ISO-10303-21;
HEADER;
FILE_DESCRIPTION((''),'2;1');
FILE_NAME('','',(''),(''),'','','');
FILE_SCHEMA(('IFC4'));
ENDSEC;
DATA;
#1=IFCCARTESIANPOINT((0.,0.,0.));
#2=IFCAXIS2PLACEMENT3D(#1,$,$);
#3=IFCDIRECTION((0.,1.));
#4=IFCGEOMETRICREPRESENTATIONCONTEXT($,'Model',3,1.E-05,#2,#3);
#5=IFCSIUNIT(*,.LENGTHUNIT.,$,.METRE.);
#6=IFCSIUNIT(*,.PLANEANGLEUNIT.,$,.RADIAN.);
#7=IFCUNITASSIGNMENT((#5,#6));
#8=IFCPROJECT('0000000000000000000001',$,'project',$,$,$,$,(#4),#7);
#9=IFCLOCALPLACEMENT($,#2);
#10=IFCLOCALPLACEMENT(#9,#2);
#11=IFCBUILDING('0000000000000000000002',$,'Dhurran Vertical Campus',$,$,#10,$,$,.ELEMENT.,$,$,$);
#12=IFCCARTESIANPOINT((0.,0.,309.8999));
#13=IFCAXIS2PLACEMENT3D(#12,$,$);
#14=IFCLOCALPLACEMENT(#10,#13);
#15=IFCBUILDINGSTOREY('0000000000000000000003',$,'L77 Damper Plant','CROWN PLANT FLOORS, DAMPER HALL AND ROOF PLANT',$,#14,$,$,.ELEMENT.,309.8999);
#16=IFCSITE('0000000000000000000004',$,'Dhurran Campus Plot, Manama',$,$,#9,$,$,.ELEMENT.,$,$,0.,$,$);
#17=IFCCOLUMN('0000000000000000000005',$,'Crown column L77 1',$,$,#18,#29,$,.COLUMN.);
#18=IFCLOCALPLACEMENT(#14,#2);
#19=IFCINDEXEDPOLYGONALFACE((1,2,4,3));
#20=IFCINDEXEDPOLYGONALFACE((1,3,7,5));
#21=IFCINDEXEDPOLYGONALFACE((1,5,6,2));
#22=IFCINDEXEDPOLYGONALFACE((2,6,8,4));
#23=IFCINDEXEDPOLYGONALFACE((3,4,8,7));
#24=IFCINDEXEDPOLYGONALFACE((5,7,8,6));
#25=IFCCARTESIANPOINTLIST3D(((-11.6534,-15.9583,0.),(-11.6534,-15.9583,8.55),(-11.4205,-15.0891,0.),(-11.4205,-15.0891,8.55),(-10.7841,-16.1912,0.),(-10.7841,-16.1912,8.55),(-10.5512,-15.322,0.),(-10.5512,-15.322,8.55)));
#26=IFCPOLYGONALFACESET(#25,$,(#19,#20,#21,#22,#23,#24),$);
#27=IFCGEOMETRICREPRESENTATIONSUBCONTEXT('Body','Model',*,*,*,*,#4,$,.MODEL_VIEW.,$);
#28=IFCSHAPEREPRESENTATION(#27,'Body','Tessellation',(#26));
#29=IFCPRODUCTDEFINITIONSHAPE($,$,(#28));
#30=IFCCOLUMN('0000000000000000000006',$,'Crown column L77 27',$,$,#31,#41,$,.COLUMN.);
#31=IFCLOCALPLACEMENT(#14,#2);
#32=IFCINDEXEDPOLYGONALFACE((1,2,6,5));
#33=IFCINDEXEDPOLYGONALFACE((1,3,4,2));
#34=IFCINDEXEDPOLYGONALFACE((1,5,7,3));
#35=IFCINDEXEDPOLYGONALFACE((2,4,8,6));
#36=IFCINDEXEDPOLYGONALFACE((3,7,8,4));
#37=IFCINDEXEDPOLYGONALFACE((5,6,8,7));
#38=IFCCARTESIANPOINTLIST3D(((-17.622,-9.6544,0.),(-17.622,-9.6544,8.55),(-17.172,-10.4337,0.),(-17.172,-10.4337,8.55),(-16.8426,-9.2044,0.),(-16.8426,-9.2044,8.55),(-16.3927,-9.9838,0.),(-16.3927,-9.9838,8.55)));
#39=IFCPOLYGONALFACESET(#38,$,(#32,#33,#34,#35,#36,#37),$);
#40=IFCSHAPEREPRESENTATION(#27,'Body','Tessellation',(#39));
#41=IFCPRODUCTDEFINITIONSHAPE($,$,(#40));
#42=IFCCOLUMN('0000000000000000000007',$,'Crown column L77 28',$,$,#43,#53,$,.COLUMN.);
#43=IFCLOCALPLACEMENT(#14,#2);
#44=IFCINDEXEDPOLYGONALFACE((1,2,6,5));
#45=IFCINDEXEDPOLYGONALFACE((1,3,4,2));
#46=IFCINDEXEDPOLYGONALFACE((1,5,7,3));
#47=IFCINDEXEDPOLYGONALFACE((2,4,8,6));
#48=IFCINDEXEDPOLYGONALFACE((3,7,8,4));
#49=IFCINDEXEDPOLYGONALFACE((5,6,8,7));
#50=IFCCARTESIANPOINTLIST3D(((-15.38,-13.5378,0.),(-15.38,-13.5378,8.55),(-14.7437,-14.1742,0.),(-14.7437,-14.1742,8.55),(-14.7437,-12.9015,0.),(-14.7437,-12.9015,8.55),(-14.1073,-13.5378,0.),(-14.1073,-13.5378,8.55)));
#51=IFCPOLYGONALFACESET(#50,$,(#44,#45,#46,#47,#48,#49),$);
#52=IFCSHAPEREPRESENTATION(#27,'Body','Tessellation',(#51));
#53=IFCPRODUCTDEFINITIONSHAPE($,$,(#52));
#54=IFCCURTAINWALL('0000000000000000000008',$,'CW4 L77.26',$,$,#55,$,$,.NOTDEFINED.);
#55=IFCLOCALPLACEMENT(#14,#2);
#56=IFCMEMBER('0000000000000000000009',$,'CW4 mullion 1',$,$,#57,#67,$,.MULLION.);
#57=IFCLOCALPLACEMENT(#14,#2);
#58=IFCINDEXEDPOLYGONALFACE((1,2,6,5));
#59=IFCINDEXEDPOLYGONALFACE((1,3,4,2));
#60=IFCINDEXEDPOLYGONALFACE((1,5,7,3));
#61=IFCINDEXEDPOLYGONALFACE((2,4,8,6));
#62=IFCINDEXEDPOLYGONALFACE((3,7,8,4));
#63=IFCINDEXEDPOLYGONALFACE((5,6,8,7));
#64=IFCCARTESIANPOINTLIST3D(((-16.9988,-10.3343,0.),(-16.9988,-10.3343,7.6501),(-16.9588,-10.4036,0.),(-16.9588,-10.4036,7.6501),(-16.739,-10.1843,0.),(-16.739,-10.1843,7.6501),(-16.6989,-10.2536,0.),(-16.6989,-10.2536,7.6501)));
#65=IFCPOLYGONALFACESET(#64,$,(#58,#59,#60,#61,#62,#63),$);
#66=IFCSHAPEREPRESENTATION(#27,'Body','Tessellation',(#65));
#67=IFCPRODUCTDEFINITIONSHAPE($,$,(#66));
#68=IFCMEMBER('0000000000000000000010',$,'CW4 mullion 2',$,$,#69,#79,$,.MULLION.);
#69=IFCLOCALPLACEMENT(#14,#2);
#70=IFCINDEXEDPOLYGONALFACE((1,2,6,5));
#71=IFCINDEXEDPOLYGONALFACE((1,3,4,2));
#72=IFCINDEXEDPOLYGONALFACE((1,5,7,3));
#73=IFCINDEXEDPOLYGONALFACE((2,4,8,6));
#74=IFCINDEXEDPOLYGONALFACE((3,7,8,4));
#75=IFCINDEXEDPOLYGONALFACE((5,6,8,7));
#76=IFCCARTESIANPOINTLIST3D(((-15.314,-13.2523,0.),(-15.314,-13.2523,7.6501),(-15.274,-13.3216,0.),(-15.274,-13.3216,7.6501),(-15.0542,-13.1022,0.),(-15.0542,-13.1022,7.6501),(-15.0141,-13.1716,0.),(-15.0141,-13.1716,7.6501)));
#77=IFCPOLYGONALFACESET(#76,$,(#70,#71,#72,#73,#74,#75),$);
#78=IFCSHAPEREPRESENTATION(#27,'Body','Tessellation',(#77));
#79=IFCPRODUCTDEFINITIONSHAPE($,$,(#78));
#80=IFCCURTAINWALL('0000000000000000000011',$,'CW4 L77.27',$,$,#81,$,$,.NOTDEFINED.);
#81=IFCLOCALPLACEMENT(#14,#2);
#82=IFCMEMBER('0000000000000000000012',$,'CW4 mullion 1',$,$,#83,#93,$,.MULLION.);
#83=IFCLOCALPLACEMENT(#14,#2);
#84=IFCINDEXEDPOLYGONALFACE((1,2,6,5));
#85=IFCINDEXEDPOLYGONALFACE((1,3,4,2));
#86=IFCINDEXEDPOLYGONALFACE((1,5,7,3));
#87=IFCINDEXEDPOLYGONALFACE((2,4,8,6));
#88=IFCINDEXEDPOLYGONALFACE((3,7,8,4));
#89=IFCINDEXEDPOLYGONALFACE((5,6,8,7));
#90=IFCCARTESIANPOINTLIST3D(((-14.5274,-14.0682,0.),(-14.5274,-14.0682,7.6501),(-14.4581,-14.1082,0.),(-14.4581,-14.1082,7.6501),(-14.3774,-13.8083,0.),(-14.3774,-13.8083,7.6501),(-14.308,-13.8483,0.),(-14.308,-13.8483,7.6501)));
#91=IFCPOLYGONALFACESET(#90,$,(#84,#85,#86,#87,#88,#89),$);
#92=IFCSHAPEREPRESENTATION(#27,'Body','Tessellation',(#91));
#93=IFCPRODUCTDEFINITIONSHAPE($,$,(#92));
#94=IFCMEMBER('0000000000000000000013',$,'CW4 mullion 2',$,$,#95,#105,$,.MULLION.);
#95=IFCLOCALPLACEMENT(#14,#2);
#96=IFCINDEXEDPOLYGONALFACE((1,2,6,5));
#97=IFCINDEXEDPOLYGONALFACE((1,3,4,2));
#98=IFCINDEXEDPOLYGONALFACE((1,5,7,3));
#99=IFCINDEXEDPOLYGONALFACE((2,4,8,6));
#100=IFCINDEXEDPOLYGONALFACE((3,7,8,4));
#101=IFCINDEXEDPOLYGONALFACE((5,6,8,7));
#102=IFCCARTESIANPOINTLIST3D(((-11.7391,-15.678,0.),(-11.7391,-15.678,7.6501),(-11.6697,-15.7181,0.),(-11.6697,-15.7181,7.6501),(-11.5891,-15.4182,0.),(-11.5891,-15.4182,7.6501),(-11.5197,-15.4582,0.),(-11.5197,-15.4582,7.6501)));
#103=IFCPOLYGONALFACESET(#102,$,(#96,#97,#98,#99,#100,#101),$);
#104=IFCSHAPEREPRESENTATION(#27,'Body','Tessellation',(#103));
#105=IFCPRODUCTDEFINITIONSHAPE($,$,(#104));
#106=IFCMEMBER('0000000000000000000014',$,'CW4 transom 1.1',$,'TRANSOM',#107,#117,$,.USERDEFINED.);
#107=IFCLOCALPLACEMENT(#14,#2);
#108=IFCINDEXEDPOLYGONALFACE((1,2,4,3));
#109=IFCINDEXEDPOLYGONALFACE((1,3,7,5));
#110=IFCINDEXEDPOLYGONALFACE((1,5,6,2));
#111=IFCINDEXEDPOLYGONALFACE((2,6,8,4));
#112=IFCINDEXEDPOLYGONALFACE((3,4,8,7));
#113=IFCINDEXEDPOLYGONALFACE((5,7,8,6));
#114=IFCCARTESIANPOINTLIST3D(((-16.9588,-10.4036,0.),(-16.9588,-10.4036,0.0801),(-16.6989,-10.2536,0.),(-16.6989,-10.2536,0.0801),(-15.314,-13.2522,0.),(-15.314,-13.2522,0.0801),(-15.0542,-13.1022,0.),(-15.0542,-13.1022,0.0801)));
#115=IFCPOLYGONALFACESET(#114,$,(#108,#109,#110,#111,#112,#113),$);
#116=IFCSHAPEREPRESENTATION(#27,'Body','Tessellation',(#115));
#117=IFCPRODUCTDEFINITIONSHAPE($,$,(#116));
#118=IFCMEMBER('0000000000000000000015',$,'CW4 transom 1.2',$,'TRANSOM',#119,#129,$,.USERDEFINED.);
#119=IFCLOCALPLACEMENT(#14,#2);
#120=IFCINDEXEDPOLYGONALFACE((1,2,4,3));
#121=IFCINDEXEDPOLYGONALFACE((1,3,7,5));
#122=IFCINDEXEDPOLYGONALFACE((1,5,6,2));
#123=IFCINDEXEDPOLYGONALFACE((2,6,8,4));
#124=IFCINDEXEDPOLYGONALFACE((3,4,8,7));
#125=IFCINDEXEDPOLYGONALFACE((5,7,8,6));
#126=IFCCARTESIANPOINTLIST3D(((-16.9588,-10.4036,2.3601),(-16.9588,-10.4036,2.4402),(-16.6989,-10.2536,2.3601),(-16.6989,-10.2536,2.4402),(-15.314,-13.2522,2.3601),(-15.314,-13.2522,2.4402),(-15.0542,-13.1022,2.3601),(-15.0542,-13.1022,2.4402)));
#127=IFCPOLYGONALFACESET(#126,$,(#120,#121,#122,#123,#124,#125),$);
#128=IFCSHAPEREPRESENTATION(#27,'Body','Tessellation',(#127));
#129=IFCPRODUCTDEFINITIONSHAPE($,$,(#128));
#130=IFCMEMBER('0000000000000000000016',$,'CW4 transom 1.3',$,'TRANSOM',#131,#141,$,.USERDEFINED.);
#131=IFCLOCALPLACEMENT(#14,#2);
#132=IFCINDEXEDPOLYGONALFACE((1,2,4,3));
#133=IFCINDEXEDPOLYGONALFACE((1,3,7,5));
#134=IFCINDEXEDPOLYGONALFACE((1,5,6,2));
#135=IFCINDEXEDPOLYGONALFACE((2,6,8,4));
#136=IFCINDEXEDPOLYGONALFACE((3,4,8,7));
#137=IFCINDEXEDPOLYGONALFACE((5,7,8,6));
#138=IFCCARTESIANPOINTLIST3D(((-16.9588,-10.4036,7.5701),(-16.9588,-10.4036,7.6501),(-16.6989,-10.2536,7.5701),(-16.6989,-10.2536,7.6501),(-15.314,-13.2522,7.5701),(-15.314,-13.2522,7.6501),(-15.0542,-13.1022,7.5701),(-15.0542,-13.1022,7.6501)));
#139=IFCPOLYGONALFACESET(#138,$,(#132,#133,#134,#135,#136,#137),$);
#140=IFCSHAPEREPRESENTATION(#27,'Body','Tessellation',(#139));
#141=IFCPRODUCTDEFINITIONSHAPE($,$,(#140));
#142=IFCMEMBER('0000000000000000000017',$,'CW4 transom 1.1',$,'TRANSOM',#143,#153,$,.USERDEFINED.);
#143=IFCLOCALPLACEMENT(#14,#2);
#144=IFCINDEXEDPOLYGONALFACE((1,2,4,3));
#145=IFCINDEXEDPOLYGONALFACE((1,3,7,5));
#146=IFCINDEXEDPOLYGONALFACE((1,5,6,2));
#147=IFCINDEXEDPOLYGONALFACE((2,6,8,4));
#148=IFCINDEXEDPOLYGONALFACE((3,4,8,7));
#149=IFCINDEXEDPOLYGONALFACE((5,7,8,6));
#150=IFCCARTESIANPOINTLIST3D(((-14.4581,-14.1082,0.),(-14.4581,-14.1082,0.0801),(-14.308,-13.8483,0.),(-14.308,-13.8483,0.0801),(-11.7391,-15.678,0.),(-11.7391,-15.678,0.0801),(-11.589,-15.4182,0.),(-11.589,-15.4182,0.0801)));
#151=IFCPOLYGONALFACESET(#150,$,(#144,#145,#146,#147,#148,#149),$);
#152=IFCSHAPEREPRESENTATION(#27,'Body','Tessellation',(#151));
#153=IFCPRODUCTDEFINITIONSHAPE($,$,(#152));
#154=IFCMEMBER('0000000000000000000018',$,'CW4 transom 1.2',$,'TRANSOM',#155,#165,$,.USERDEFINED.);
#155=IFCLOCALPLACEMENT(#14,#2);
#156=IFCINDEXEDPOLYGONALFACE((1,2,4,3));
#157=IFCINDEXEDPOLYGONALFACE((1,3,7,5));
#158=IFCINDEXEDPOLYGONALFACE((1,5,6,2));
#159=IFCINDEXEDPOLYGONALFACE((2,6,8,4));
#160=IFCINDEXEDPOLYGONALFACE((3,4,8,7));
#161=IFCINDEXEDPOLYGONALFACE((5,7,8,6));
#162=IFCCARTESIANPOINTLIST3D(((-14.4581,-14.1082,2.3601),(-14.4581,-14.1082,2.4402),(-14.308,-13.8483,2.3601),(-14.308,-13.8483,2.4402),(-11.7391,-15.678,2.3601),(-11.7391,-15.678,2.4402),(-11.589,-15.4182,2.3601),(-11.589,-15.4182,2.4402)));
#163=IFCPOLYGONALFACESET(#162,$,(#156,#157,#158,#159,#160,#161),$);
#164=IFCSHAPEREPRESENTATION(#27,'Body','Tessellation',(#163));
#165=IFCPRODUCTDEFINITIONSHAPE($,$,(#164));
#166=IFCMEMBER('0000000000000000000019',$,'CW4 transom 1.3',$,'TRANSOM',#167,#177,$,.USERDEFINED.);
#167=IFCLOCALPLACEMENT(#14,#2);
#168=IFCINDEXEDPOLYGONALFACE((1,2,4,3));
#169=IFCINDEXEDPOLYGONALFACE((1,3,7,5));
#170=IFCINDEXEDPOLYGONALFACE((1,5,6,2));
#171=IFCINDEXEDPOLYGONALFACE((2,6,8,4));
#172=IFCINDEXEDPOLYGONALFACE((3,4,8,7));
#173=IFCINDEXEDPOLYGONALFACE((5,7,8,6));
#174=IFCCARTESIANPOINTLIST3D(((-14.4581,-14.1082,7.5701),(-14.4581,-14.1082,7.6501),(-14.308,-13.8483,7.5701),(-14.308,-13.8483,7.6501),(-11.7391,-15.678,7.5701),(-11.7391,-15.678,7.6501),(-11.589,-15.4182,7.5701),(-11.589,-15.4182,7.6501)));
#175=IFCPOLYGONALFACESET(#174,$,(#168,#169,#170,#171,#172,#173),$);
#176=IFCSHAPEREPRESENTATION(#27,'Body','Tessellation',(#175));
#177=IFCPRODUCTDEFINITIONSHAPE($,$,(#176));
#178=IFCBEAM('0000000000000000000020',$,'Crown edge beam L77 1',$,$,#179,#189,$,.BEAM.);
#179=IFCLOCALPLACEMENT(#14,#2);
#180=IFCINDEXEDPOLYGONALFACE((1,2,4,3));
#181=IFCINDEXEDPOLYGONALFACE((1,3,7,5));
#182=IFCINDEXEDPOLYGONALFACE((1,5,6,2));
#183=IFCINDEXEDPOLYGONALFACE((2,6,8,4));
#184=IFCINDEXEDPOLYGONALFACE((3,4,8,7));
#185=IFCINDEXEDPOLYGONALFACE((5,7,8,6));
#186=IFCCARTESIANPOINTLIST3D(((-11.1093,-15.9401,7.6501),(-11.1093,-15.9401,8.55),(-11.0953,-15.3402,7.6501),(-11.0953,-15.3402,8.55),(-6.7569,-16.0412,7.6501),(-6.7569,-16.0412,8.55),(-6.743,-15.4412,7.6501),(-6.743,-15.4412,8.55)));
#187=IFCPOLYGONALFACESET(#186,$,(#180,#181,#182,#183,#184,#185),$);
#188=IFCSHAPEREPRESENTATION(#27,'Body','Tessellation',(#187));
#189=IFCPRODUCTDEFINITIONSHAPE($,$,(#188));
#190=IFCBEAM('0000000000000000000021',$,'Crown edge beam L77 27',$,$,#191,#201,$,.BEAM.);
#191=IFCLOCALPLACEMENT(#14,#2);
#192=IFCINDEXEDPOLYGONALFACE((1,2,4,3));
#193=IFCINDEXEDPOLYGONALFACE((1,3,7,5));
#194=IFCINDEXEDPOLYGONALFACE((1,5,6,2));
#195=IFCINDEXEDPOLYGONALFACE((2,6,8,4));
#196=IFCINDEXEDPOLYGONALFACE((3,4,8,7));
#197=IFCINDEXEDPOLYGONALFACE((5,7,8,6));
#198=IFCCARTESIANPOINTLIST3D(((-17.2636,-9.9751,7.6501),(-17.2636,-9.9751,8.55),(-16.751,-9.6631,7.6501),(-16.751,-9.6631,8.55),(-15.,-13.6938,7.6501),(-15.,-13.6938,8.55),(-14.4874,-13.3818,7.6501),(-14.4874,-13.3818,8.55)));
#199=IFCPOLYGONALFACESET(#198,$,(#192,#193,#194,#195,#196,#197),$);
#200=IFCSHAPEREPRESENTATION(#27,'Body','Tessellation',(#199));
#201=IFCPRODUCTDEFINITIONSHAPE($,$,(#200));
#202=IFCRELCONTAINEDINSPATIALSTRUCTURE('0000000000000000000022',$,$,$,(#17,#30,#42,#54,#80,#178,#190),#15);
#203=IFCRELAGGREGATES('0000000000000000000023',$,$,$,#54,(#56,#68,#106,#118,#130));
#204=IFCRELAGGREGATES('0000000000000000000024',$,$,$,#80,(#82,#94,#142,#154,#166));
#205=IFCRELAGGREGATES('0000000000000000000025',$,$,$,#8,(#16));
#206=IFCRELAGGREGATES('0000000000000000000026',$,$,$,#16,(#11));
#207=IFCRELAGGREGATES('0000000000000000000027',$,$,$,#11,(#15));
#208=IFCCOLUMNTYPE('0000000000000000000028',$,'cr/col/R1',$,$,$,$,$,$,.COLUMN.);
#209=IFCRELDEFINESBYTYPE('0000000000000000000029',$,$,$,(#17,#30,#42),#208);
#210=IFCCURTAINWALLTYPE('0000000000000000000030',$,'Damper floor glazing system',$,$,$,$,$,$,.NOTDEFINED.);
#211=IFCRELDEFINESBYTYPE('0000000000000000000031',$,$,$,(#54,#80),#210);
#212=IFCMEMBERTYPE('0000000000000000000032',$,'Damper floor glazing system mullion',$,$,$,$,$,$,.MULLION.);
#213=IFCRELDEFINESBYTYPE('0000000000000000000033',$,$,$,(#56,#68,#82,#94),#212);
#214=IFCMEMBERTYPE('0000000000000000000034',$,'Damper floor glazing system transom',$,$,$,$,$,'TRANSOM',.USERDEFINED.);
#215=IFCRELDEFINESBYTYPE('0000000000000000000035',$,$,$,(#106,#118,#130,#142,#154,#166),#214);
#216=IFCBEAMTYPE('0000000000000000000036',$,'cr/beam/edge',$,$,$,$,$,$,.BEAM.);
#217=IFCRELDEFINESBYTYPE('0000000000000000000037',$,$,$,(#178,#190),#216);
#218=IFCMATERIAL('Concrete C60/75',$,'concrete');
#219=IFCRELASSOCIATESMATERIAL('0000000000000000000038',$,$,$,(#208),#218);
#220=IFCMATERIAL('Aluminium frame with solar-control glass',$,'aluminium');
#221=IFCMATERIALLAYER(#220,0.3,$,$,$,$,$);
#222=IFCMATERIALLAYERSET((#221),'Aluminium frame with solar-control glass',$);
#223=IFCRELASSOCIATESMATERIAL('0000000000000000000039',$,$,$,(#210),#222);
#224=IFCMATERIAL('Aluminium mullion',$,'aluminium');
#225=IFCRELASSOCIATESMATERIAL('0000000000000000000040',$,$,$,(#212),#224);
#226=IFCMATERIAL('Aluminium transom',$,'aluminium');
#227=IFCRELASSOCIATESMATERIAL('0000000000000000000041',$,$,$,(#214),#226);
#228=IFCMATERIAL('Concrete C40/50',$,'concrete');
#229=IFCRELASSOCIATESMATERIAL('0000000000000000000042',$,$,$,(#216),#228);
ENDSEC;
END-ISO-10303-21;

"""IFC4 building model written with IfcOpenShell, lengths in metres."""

from ifc_helpers import new_model, si_unit, direction, frame, origin, origin_2d, place, context, subcontext, project, spatial, rectangle, extrude, material, layer, layer_set, material_profile, profile_set, type_object, element, aggregate, save


model = new_model("IFC4")

# Units and contexts
model_context = context("Model", 3, precision=1e-05, world=origin(), true_north=direction((0.0, 1.0)))
body_context = subcontext(model_context, "Body", "Model", "MODEL_VIEW")
ifc_project = project(units=[si_unit("LENGTHUNIT", "METRE"), si_unit("PLANEANGLEUNIT", "RADIAN")], contexts=[model_context])

# Site, building, storey
site_placement = place(None, origin())
site = spatial("IfcSite", under=ifc_project, at=site_placement, Name="Dhurran Campus Plot, Manama", CompositionType="ELEMENT", RefElevation=0.0)
building_placement = place(site_placement, origin())
building = spatial("IfcBuilding", under=site, at=building_placement, Name="Dhurran Vertical Campus", CompositionType="ELEMENT")
storey_placement = place(building_placement, frame((0.0, 0.0, 309.8999)))
storey = spatial("IfcBuildingStorey", under=building, at=storey_placement, Name="L77 Damper Plant", Description="CROWN PLANT FLOORS, DAMPER HALL AND ROOF PLANT", CompositionType="ELEMENT", Elevation=309.8999)

# Columns
ifc_material_1 = material(Name="Concrete C60/75", Category="concrete")
ifc_material_profile_1 = material_profile(ifc_material_1, rectangle(XDim=0.8999, YDim=0.8999, at=origin_2d()), Name="cr/col/R1")
ifc_profile_set_1 = profile_set([ifc_material_profile_1], Name="Concrete C60/75")
column_type = type_object("IfcColumnType", Name="cr/col/R1", PredefinedType="COLUMN", material=ifc_profile_set_1)
for number, where, z_axis, x_axis, name in (
    (1, (-11.1023, -15.6401, 0.0), (0.0, 0.0, 1.0), (0.965926, -0.258819, 0.0), "Crown column L77 1"),
    (2, (-17.0073, -9.8191, 0.0), (0.0, 0.0, 1.0), (0.5, -0.866025, 0.0), "Crown column L77 27"),
    (3, (-14.7437, -13.5378, 0.0), (0.0, 0.0, 1.0), (0.707107, -0.707107, 0.0), "Crown column L77 28"),
):
    element("IfcColumn", number, at=place(storey_placement, frame(where, z_axis=z_axis, x_axis=x_axis)), inside=storey, type_object=column_type, Name=name, PredefinedType="COLUMN", context=body_context, shape_type="SweptSolid", body=[
        extrude(rectangle(XDim=0.8999, YDim=0.8999, at=origin_2d()), origin(), (0.0, 0.0, 1.0), 8.55),
    ])

# Curtain walls, members
ifc_material_2 = material(Name="Aluminium frame with solar-control glass", Category="aluminium")
ifc_layer_1 = layer(ifc_material_2, 0.3)
ifc_layer_set_1 = layer_set([ifc_layer_1], Name="Aluminium frame with solar-control glass")
curtain_wall_type = type_object("IfcCurtainWallType", Name="Damper floor glazing system", PredefinedType="NOTDEFINED", material=ifc_layer_set_1)
curtain_wall_1_placement = place(storey_placement, origin())
curtain_wall_1 = element("IfcCurtainWall", 4, at=curtain_wall_1_placement, inside=storey, type_object=curtain_wall_type, Name="CW4 L77.26", PredefinedType="NOTDEFINED")
ifc_material_3 = material(Name="Aluminium mullion", Category="aluminium")
ifc_material_profile_2 = material_profile(ifc_material_3, rectangle(XDim=0.3, YDim=0.0801, at=origin_2d()), Name="Damper floor glazing system mullion")
ifc_profile_set_2 = profile_set([ifc_material_profile_2], Name="Aluminium mullion")
member_type_1 = type_object("IfcMemberType", Name="Damper floor glazing system mullion", PredefinedType="MULLION", material=ifc_profile_set_2)
member_1_placement = place(storey_placement, frame((-16.8489, -10.2939, 0.0), z_axis=(0.0, 0.0, 1.0), x_axis=(0.86602, 0.500009, 0.0)))
member_1 = element("IfcMember", 5, at=member_1_placement, type_object=member_type_1, Name="CW4 mullion 1", PredefinedType="MULLION", context=body_context, shape_type="SweptSolid", body=[
    extrude(rectangle(XDim=0.3, YDim=0.0801, at=origin_2d()), origin(), (0.0, 0.0, 1.0), 7.6501),
])
member_2_placement = place(storey_placement, frame((-15.1641, -13.2119, 0.0), z_axis=(0.0, 0.0, 1.0), x_axis=(0.86602, 0.500009, 0.0)))
member_2 = element("IfcMember", 6, at=member_2_placement, type_object=member_type_1, Name="CW4 mullion 2", PredefinedType="MULLION", context=body_context, shape_type="SweptSolid", body=[
    extrude(rectangle(XDim=0.3, YDim=0.0801, at=origin_2d()), origin(), (0.0, 0.0, 1.0), 7.6501),
])
curtain_wall_2_placement = place(storey_placement, origin())
curtain_wall_2 = element("IfcCurtainWall", 7, at=curtain_wall_2_placement, inside=storey, type_object=curtain_wall_type, Name="CW4 L77.27", PredefinedType="NOTDEFINED")
member_3_placement = place(storey_placement, frame((-14.4177, -13.9583, 0.0), z_axis=(0.0, 0.0, 1.0), x_axis=(0.500001, 0.866025, 0.0)))
member_3 = element("IfcMember", 8, at=member_3_placement, type_object=member_type_1, Name="CW4 mullion 1", PredefinedType="MULLION", context=body_context, shape_type="SweptSolid", body=[
    extrude(rectangle(XDim=0.3, YDim=0.0801, at=origin_2d()), origin(), (0.0, 0.0, 1.0), 7.6501),
])
member_4_placement = place(storey_placement, frame((-11.6294, -15.5681, 0.0), z_axis=(0.0, 0.0, 1.0), x_axis=(0.500001, 0.866025, 0.0)))
member_4 = element("IfcMember", 9, at=member_4_placement, type_object=member_type_1, Name="CW4 mullion 2", PredefinedType="MULLION", context=body_context, shape_type="SweptSolid", body=[
    extrude(rectangle(XDim=0.3, YDim=0.0801, at=origin_2d()), origin(), (0.0, 0.0, 1.0), 7.6501),
])

# Members
ifc_material_4 = material(Name="Aluminium transom", Category="aluminium")
ifc_material_profile_3 = material_profile(ifc_material_4, rectangle(XDim=0.3, YDim=0.0801, at=origin_2d()), Name="Damper floor glazing system transom")
ifc_profile_set_3 = profile_set([ifc_material_profile_3], Name="Aluminium transom")
member_type_2 = type_object("IfcMemberType", Name="Damper floor glazing system transom", ElementType="TRANSOM", PredefinedType="USERDEFINED", material=ifc_profile_set_3)
member_5_placement = place(storey_placement, frame((-16.8289, -10.3286, 0.04), z_axis=(0.500027, -0.86601, 0.0), x_axis=(0.86601, 0.500027, 0.0)))
member_5 = element("IfcMember", 10, at=member_5_placement, type_object=member_type_2, Name="CW4 transom 1.1", ObjectType="TRANSOM", PredefinedType="USERDEFINED", context=body_context, shape_type="SweptSolid", body=[
    extrude(rectangle(XDim=0.3, YDim=0.0801, at=origin_2d()), origin(), (0.0, 0.0, 1.0), 3.2893),
])
member_6_placement = place(storey_placement, frame((-16.8289, -10.3286, 2.4001), z_axis=(0.500027, -0.86601, 0.0), x_axis=(0.86601, 0.500027, 0.0)))
member_6 = element("IfcMember", 11, at=member_6_placement, type_object=member_type_2, Name="CW4 transom 1.2", ObjectType="TRANSOM", PredefinedType="USERDEFINED", context=body_context, shape_type="SweptSolid", body=[
    extrude(rectangle(XDim=0.3, YDim=0.0801, at=origin_2d()), origin(), (0.0, 0.0, 1.0), 3.2893),
])
member_7_placement = place(storey_placement, frame((-16.8289, -10.3286, 7.6101), z_axis=(0.500027, -0.86601, 0.0), x_axis=(0.86601, 0.500027, 0.0)))
member_7 = element("IfcMember", 12, at=member_7_placement, type_object=member_type_2, Name="CW4 transom 1.3", ObjectType="TRANSOM", PredefinedType="USERDEFINED", context=body_context, shape_type="SweptSolid", body=[
    extrude(rectangle(XDim=0.3, YDim=0.0801, at=origin_2d()), origin(), (0.0, 0.0, 1.0), 3.2893),
])
member_8_placement = place(storey_placement, frame((-14.3831, -13.9783, 0.04), z_axis=(0.866024, -0.500003, 0.0), x_axis=(0.500003, 0.866024, 0.0)))
member_8 = element("IfcMember", 13, at=member_8_placement, type_object=member_type_2, Name="CW4 transom 1.1", ObjectType="TRANSOM", PredefinedType="USERDEFINED", context=body_context, shape_type="SweptSolid", body=[
    extrude(rectangle(XDim=0.3, YDim=0.0801, at=origin_2d()), origin(), (0.0, 0.0, 1.0), 3.1396),
])
member_9_placement = place(storey_placement, frame((-14.3831, -13.9783, 2.4001), z_axis=(0.866024, -0.500003, 0.0), x_axis=(0.500003, 0.866024, 0.0)))
member_9 = element("IfcMember", 14, at=member_9_placement, type_object=member_type_2, Name="CW4 transom 1.2", ObjectType="TRANSOM", PredefinedType="USERDEFINED", context=body_context, shape_type="SweptSolid", body=[
    extrude(rectangle(XDim=0.3, YDim=0.0801, at=origin_2d()), origin(), (0.0, 0.0, 1.0), 3.1396),
])
member_10_placement = place(storey_placement, frame((-14.3831, -13.9783, 7.6101), z_axis=(0.866024, -0.500003, 0.0), x_axis=(0.500003, 0.866024, 0.0)))
member_10 = element("IfcMember", 15, at=member_10_placement, type_object=member_type_2, Name="CW4 transom 1.3", ObjectType="TRANSOM", PredefinedType="USERDEFINED", context=body_context, shape_type="SweptSolid", body=[
    extrude(rectangle(XDim=0.3, YDim=0.0801, at=origin_2d()), origin(), (0.0, 0.0, 1.0), 3.1396),
])

# Beams
ifc_material_5 = material(Name="Concrete C40/50", Category="concrete")
ifc_material_profile_4 = material_profile(ifc_material_5, rectangle(XDim=0.6001, YDim=0.8999, at=origin_2d()), Name="cr/beam/edge")
ifc_profile_set_4 = profile_set([ifc_material_profile_4], Name="Concrete C40/50")
beam_type = type_object("IfcBeamType", Name="cr/beam/edge", PredefinedType="BEAM", material=ifc_profile_set_4)
for number, where, z_axis, x_axis, name in (
    (16, (-11.1023, -15.6401, 8.1001), (0.99973, -0.023217, 0.0), (0.023217, 0.99973, 0.0), "Crown edge beam L77 1"),
    (17, (-17.0073, -9.8191, 8.1001), (0.519961, -0.85419, 0.0), (0.85419, 0.519961, 0.0), "Crown edge beam L77 27"),
):
    element("IfcBeam", number, at=place(storey_placement, frame(where, z_axis=z_axis, x_axis=x_axis)), inside=storey, type_object=beam_type, Name=name, PredefinedType="BEAM", context=body_context, shape_type="SweptSolid", body=[
        extrude(rectangle(XDim=0.6001, YDim=0.8999, at=origin_2d()), origin(), (0.0, 0.0, 1.0), 4.3535),
    ])

aggregate(curtain_wall_1, [member_1, member_2, member_5, member_6, member_7])
aggregate(curtain_wall_2, [member_3, member_4, member_8, member_9, member_10])

save(model, "model.ifc")
